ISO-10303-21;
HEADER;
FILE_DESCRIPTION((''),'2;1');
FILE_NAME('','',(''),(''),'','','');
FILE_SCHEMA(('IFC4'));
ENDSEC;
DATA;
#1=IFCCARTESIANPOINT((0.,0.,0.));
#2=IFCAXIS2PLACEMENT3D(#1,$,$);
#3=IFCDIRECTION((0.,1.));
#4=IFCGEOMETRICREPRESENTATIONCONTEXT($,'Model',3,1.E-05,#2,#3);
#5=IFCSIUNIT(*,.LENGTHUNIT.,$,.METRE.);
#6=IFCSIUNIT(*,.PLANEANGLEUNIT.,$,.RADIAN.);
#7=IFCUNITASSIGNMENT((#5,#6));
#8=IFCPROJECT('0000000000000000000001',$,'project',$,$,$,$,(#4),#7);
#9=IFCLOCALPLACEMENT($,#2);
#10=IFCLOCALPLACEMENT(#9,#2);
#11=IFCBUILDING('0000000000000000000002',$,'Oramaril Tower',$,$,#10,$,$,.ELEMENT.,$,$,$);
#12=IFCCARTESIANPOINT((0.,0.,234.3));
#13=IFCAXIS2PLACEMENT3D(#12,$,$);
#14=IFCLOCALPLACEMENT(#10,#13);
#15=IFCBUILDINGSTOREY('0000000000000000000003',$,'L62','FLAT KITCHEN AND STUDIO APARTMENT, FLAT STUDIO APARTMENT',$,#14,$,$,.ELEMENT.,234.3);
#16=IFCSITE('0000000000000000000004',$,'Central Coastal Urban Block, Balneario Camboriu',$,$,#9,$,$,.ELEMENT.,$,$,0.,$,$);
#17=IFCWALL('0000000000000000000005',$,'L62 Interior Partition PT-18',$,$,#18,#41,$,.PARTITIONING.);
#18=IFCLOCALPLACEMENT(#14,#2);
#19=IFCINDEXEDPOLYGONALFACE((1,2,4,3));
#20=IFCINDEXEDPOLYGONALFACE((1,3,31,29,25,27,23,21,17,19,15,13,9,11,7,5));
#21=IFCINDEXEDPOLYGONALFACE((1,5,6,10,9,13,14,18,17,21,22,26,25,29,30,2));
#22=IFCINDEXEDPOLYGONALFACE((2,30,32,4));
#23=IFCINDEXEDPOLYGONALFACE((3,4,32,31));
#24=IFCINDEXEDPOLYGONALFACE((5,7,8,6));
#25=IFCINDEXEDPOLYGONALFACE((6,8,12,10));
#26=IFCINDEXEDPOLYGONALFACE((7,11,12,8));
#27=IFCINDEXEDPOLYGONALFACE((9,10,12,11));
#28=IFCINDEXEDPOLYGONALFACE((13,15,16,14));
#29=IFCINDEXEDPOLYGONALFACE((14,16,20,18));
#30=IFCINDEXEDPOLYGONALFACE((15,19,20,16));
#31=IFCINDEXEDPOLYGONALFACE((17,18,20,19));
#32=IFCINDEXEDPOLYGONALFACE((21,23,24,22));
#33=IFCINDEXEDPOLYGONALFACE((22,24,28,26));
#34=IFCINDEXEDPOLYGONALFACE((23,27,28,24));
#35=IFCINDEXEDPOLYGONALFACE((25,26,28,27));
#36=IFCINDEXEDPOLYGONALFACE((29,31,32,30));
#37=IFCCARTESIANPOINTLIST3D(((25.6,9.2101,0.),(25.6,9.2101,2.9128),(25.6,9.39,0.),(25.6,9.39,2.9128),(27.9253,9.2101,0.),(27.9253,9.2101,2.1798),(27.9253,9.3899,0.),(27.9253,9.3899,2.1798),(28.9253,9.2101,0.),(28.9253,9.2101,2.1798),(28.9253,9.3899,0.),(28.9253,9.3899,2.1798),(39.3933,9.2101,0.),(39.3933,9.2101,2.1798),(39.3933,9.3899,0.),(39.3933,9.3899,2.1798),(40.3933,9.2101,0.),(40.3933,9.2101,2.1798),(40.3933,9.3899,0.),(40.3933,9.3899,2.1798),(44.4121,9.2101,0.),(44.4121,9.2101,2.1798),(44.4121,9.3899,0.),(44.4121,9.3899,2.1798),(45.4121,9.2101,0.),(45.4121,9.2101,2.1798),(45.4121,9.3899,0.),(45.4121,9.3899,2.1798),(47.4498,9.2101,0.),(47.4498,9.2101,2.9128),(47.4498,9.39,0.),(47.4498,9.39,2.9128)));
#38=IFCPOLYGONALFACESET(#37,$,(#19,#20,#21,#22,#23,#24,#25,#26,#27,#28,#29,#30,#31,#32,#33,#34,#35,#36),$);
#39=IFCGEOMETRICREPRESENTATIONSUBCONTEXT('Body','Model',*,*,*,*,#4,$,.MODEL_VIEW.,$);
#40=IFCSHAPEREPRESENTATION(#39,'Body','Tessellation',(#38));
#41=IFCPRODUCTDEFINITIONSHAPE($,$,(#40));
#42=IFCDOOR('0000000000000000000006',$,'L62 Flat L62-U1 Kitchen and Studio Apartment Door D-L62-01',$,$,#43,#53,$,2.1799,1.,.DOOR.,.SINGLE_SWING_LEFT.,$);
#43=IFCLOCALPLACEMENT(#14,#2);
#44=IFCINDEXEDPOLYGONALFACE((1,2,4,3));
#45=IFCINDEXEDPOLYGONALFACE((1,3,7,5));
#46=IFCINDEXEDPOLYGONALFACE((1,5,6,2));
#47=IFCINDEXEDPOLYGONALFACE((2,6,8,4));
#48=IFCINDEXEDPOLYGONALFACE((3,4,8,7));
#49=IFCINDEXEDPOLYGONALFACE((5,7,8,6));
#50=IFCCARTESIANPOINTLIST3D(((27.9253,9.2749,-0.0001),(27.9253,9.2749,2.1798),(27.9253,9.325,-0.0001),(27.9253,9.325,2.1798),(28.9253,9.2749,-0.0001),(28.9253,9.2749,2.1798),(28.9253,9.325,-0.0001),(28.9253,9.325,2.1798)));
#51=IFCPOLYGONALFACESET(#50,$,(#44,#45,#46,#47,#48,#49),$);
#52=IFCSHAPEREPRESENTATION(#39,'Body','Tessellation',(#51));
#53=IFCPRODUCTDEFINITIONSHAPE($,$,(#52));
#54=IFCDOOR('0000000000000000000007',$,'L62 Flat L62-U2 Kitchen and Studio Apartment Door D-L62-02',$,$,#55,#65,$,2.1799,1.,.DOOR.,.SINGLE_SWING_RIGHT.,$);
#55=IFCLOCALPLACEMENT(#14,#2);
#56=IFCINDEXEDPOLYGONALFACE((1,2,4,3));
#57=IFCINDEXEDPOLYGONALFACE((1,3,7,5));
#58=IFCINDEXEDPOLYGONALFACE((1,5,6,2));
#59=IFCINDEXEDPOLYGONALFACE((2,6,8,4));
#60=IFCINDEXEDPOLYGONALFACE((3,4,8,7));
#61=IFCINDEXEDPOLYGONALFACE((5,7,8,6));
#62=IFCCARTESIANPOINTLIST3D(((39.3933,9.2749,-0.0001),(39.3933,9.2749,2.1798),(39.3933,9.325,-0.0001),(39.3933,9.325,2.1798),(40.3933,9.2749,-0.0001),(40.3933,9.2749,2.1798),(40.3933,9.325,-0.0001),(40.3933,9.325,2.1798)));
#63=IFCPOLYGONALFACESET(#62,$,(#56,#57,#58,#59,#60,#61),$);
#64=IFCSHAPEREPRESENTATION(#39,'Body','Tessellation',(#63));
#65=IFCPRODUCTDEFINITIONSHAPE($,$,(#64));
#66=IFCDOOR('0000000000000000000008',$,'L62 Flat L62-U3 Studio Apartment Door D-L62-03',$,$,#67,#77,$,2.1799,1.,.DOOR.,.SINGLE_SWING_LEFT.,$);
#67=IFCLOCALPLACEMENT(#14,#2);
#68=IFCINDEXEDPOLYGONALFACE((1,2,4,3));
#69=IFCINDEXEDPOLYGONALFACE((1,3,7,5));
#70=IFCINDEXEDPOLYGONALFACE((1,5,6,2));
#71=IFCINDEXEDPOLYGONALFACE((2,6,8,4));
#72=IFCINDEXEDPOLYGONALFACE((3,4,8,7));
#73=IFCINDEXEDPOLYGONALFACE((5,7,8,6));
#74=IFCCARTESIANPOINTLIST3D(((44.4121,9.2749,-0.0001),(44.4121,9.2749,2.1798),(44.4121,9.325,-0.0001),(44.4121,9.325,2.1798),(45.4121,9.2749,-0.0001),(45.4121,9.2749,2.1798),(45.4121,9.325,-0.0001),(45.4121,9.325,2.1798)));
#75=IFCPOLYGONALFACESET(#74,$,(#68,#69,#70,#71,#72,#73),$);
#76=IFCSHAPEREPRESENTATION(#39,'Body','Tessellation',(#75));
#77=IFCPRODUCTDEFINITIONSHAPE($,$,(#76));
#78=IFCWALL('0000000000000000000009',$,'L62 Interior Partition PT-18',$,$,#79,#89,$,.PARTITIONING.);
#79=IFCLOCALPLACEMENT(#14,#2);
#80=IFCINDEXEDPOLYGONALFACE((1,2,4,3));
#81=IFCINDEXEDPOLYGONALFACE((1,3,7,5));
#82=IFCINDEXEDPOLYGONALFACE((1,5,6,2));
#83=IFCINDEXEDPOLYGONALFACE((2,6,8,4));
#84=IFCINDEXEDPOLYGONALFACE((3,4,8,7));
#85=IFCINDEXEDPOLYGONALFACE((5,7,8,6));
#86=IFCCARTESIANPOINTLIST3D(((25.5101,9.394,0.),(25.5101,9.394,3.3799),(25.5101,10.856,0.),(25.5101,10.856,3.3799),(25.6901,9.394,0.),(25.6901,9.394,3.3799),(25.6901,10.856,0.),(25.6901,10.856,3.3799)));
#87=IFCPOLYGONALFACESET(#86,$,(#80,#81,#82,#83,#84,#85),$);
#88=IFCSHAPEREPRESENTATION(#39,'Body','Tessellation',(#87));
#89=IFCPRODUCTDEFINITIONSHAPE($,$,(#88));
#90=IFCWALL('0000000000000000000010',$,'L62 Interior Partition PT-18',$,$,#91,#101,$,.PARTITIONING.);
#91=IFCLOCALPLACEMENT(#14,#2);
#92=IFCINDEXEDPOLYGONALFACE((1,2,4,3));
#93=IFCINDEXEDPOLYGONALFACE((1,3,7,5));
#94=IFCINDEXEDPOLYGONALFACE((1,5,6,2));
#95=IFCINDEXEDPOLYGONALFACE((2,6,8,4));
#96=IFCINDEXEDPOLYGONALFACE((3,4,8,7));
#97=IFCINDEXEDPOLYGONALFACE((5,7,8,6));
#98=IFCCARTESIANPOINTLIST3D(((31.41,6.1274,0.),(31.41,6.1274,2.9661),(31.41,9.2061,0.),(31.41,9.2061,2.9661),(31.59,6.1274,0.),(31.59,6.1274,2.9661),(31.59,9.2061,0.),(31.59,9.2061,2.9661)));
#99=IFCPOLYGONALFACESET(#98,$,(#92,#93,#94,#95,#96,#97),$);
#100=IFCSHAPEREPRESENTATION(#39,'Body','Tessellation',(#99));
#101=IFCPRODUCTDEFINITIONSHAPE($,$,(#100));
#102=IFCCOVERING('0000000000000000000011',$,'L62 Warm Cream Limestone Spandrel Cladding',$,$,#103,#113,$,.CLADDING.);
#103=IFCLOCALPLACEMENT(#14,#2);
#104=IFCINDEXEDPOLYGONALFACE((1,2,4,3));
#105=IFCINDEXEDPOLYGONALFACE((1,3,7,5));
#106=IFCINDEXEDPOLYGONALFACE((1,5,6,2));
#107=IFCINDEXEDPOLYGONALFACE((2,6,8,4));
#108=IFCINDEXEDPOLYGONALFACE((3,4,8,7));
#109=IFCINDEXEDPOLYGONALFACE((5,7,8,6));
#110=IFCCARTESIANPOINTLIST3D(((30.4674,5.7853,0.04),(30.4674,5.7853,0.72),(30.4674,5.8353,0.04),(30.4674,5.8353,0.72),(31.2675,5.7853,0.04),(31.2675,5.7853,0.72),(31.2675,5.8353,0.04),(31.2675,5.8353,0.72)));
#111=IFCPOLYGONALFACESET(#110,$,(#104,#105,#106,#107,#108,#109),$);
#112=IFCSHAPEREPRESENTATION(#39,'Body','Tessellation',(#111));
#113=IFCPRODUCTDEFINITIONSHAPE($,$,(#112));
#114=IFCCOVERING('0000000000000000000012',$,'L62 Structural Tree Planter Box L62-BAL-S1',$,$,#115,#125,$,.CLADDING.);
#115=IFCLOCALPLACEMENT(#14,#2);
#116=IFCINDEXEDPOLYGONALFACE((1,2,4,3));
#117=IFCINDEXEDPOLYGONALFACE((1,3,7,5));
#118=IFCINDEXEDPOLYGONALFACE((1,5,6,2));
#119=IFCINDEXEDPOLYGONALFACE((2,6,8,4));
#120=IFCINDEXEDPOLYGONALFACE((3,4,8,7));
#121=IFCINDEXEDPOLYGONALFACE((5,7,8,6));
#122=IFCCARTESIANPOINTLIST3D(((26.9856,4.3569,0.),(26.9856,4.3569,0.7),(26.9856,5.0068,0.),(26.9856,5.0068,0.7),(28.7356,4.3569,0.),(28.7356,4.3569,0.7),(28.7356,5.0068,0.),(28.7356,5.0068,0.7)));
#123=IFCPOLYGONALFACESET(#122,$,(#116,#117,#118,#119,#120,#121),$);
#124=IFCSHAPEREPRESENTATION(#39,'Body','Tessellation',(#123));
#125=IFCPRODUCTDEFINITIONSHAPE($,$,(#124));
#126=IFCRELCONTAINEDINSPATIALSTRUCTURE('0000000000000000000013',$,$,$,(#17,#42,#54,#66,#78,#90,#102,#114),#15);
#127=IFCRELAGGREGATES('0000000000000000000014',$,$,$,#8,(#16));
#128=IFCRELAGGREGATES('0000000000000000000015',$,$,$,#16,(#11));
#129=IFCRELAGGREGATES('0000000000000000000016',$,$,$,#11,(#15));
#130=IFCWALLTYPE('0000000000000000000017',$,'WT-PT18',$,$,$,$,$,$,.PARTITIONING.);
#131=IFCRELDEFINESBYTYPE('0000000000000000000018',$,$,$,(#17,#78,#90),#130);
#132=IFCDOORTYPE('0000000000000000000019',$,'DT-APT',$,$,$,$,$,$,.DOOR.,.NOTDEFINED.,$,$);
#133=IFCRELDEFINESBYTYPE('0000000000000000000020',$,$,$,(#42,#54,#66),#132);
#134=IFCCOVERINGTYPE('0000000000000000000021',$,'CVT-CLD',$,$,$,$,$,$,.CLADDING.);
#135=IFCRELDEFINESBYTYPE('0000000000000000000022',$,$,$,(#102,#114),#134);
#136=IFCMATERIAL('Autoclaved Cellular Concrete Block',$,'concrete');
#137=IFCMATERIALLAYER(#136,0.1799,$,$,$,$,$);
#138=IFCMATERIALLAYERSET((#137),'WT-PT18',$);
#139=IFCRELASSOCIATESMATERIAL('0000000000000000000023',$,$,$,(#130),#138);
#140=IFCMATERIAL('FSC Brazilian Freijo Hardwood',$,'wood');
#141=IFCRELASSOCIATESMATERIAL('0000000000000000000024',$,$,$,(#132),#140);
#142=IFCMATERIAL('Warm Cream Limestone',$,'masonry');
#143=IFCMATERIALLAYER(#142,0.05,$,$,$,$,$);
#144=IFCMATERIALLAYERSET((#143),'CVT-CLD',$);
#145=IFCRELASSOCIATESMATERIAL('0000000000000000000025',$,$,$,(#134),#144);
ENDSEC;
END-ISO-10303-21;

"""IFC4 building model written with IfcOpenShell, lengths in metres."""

from ifc_helpers import new_model, si_unit, direction, frame, frame_2d, origin, origin_2d, place, context, subcontext, project, spatial, rectangle, extrude, material, layer, layer_set, type_object, element, fill, save


model = new_model("IFC4")

# Units and contexts
model_context = context("Model", 3, precision=1e-05, world=origin(), true_north=direction((0.0, 1.0)))
body_context = subcontext(model_context, "Body", "Model", "MODEL_VIEW")
ifc_project = project(units=[si_unit("LENGTHUNIT", "METRE"), si_unit("PLANEANGLEUNIT", "RADIAN")], contexts=[model_context])

# Site, building, storey
site_placement = place(None, origin())
site = spatial("IfcSite", under=ifc_project, at=site_placement, Name="Central Coastal Urban Block, Balneario Camboriu", CompositionType="ELEMENT", RefElevation=0.0)
building_placement = place(site_placement, origin())
building = spatial("IfcBuilding", under=site, at=building_placement, Name="Oramaril Tower", CompositionType="ELEMENT")
storey_placement = place(building_placement, frame((0.0, 0.0, 234.3)))
storey = spatial("IfcBuildingStorey", under=building, at=storey_placement, Name="L62", Description="FLAT KITCHEN AND STUDIO APARTMENT, FLAT STUDIO APARTMENT", CompositionType="ELEMENT", Elevation=234.3)

# Wall, openings, doors
ifc_material_1 = material(Name="Autoclaved Cellular Concrete Block", Category="concrete")
ifc_layer_1 = layer(ifc_material_1, 0.1799)
ifc_layer_set_1 = layer_set([ifc_layer_1], Name="WT-PT18")
wall_type_1 = type_object("IfcWallType", Name="WT-PT18", PredefinedType="PARTITIONING", material=ifc_layer_set_1)
wall_1_placement = place(storey_placement, frame((25.6001, 9.3, 0.0), z_axis=(0.0, 0.0, 1.0), x_axis=(1.0, 0.0, 0.0)))
wall_1 = element("IfcWall", 1, at=wall_1_placement, inside=storey, type_object=wall_type_1, Name="L62 Interior Partition PT-18", PredefinedType="PARTITIONING", context=body_context, shape_type="SweptSolid", body=[
    extrude(rectangle(XDim=21.8499, YDim=0.1799, at=frame_2d((10.9248, 0.0))), origin(), (0.0, 0.0, 1.0), 2.9128),
])
opening_1_placement = place(wall_1_placement, frame((2.3252, 0.0, 0.0)))
opening_1 = element("IfcOpeningElement", 2, at=opening_1_placement, cuts=wall_1, PredefinedType="OPENING", context=body_context, shape_type="SweptSolid", body=[
    extrude(rectangle(XDim=1.0, YDim=2.1799, at=frame_2d((0.5, 1.0898))), frame((0.0, 0.0898, 0.0), z_axis=(0.0, -1.0, 0.0), x_axis=(1.0, 0.0, 0.0)), (0.0, 0.0, 1.0), 0.1799),
])
opening_2_placement = place(wall_1_placement, frame((13.7932, 0.0, 0.0)))
opening_2 = element("IfcOpeningElement", 3, at=opening_2_placement, cuts=wall_1, PredefinedType="OPENING", context=body_context, shape_type="SweptSolid", body=[
    extrude(rectangle(XDim=1.0, YDim=2.1799, at=frame_2d((0.5, 1.0898))), frame((0.0, 0.0898, 0.0), z_axis=(0.0, -1.0, 0.0), x_axis=(1.0, 0.0, 0.0)), (0.0, 0.0, 1.0), 0.1799),
])
opening_3_placement = place(wall_1_placement, frame((18.812, 0.0, 0.0)))
opening_3 = element("IfcOpeningElement", 4, at=opening_3_placement, cuts=wall_1, PredefinedType="OPENING", context=body_context, shape_type="SweptSolid", body=[
    extrude(rectangle(XDim=1.0, YDim=2.1799, at=frame_2d((0.5, 1.0898))), frame((0.0, 0.0898, 0.0), z_axis=(0.0, -1.0, 0.0), x_axis=(1.0, 0.0, 0.0)), (0.0, 0.0, 1.0), 0.1799),
])
ifc_material_2 = material(Name="FSC Brazilian Freijo Hardwood", Category="wood")
door_type = type_object("IfcDoorType", Name="DT-APT", OperationType="NOTDEFINED", PredefinedType="DOOR", material=ifc_material_2)
door_1_placement = place(opening_1_placement, origin())
door_1 = element("IfcDoor", 5, at=door_1_placement, inside=storey, type_object=door_type, Name="L62 Flat L62-U1 Kitchen and Studio Apartment Door D-L62-01", OperationType="SINGLE_SWING_LEFT", OverallHeight=2.1799, OverallWidth=1.0, PredefinedType="DOOR", context=body_context, shape_type="SweptSolid", body=[
    extrude(rectangle(XDim=1.0, YDim=2.1799, at=frame_2d((0.5, 1.0898))), frame((0.0, 0.0249, 0.0), z_axis=(0.0, -1.0, 0.0), x_axis=(1.0, 0.0, 0.0)), (0.0, 0.0, 1.0), 0.05),
])
fill(opening_1, door_1)
door_2_placement = place(opening_2_placement, origin())
door_2 = element("IfcDoor", 6, at=door_2_placement, inside=storey, type_object=door_type, Name="L62 Flat L62-U2 Kitchen and Studio Apartment Door D-L62-02", OperationType="SINGLE_SWING_RIGHT", OverallHeight=2.1799, OverallWidth=1.0, PredefinedType="DOOR", context=body_context, shape_type="SweptSolid", body=[
    extrude(rectangle(XDim=1.0, YDim=2.1799, at=frame_2d((0.5, 1.0898))), frame((0.0, 0.0249, 0.0), z_axis=(0.0, -1.0, 0.0), x_axis=(1.0, 0.0, 0.0)), (0.0, 0.0, 1.0), 0.05),
])
fill(opening_2, door_2)
door_3_placement = place(opening_3_placement, origin())
door_3 = element("IfcDoor", 7, at=door_3_placement, inside=storey, type_object=door_type, Name="L62 Flat L62-U3 Studio Apartment Door D-L62-03", OperationType="SINGLE_SWING_LEFT", OverallHeight=2.1799, OverallWidth=1.0, PredefinedType="DOOR", context=body_context, shape_type="SweptSolid", body=[
    extrude(rectangle(XDim=1.0, YDim=2.1799, at=frame_2d((0.5, 1.0898))), frame((0.0, 0.0249, 0.0), z_axis=(0.0, -1.0, 0.0), x_axis=(1.0, 0.0, 0.0)), (0.0, 0.0, 1.0), 0.05),
])
fill(opening_3, door_3)

# Walls
wall_2_placement = place(storey_placement, frame((25.6001, 9.394, 0.0), z_axis=(0.0, 0.0, 1.0), x_axis=(0.0, 1.0, 0.0)))
element("IfcWall", 8, at=wall_2_placement, inside=storey, type_object=wall_type_1, Name="L62 Interior Partition PT-18", PredefinedType="PARTITIONING", context=body_context, shape_type="SweptSolid", body=[
    extrude(rectangle(XDim=1.4619, YDim=0.1799, at=frame_2d((0.731, 0.0))), origin(), (0.0, 0.0, 1.0), 3.3799),
])
wall_3_placement = place(storey_placement, frame((31.5, 6.1274, 0.0), z_axis=(0.0, 0.0, 1.0), x_axis=(0.0, 1.0, 0.0)))
element("IfcWall", 9, at=wall_3_placement, inside=storey, type_object=wall_type_1, Name="L62 Interior Partition PT-18", PredefinedType="PARTITIONING", context=body_context, shape_type="SweptSolid", body=[
    extrude(rectangle(XDim=3.0786, YDim=0.1799, at=frame_2d((1.5393, 0.0))), origin(), (0.0, 0.0, 1.0), 2.9661),
])

# Coverings
ifc_material_3 = material(Name="Warm Cream Limestone", Category="masonry")
ifc_layer_2 = layer(ifc_material_3, 0.05)
ifc_layer_set_2 = layer_set([ifc_layer_2], Name="CVT-CLD")
covering_type = type_object("IfcCoveringType", Name="CVT-CLD", PredefinedType="CLADDING", material=ifc_layer_set_2)
covering_1_placement = place(storey_placement, frame((30.8674, 5.8103, 0.04), z_axis=(0.0, 0.0, 1.0), x_axis=(1.0, 0.0, 0.0)))
element("IfcCovering", 10, at=covering_1_placement, inside=storey, type_object=covering_type, Name="L62 Warm Cream Limestone Spandrel Cladding", PredefinedType="CLADDING", context=body_context, shape_type="SweptSolid", body=[
    extrude(rectangle(XDim=0.8, YDim=0.05, at=origin_2d()), origin(), (0.0, 0.0, 1.0), 0.6799),
])
covering_2_placement = place(storey_placement, frame((27.8606, 4.6819, 0.0), z_axis=(0.0, 0.0, 1.0), x_axis=(1.0, 0.0, 0.0)))
element("IfcCovering", 11, at=covering_2_placement, inside=storey, type_object=covering_type, Name="L62 Structural Tree Planter Box L62-BAL-S1", PredefinedType="CLADDING", context=body_context, shape_type="SweptSolid", body=[
    extrude(rectangle(XDim=1.75, YDim=0.6499, at=origin_2d()), origin(), (0.0, 0.0, 1.0), 0.7),
])

save(model, "model.ifc")
